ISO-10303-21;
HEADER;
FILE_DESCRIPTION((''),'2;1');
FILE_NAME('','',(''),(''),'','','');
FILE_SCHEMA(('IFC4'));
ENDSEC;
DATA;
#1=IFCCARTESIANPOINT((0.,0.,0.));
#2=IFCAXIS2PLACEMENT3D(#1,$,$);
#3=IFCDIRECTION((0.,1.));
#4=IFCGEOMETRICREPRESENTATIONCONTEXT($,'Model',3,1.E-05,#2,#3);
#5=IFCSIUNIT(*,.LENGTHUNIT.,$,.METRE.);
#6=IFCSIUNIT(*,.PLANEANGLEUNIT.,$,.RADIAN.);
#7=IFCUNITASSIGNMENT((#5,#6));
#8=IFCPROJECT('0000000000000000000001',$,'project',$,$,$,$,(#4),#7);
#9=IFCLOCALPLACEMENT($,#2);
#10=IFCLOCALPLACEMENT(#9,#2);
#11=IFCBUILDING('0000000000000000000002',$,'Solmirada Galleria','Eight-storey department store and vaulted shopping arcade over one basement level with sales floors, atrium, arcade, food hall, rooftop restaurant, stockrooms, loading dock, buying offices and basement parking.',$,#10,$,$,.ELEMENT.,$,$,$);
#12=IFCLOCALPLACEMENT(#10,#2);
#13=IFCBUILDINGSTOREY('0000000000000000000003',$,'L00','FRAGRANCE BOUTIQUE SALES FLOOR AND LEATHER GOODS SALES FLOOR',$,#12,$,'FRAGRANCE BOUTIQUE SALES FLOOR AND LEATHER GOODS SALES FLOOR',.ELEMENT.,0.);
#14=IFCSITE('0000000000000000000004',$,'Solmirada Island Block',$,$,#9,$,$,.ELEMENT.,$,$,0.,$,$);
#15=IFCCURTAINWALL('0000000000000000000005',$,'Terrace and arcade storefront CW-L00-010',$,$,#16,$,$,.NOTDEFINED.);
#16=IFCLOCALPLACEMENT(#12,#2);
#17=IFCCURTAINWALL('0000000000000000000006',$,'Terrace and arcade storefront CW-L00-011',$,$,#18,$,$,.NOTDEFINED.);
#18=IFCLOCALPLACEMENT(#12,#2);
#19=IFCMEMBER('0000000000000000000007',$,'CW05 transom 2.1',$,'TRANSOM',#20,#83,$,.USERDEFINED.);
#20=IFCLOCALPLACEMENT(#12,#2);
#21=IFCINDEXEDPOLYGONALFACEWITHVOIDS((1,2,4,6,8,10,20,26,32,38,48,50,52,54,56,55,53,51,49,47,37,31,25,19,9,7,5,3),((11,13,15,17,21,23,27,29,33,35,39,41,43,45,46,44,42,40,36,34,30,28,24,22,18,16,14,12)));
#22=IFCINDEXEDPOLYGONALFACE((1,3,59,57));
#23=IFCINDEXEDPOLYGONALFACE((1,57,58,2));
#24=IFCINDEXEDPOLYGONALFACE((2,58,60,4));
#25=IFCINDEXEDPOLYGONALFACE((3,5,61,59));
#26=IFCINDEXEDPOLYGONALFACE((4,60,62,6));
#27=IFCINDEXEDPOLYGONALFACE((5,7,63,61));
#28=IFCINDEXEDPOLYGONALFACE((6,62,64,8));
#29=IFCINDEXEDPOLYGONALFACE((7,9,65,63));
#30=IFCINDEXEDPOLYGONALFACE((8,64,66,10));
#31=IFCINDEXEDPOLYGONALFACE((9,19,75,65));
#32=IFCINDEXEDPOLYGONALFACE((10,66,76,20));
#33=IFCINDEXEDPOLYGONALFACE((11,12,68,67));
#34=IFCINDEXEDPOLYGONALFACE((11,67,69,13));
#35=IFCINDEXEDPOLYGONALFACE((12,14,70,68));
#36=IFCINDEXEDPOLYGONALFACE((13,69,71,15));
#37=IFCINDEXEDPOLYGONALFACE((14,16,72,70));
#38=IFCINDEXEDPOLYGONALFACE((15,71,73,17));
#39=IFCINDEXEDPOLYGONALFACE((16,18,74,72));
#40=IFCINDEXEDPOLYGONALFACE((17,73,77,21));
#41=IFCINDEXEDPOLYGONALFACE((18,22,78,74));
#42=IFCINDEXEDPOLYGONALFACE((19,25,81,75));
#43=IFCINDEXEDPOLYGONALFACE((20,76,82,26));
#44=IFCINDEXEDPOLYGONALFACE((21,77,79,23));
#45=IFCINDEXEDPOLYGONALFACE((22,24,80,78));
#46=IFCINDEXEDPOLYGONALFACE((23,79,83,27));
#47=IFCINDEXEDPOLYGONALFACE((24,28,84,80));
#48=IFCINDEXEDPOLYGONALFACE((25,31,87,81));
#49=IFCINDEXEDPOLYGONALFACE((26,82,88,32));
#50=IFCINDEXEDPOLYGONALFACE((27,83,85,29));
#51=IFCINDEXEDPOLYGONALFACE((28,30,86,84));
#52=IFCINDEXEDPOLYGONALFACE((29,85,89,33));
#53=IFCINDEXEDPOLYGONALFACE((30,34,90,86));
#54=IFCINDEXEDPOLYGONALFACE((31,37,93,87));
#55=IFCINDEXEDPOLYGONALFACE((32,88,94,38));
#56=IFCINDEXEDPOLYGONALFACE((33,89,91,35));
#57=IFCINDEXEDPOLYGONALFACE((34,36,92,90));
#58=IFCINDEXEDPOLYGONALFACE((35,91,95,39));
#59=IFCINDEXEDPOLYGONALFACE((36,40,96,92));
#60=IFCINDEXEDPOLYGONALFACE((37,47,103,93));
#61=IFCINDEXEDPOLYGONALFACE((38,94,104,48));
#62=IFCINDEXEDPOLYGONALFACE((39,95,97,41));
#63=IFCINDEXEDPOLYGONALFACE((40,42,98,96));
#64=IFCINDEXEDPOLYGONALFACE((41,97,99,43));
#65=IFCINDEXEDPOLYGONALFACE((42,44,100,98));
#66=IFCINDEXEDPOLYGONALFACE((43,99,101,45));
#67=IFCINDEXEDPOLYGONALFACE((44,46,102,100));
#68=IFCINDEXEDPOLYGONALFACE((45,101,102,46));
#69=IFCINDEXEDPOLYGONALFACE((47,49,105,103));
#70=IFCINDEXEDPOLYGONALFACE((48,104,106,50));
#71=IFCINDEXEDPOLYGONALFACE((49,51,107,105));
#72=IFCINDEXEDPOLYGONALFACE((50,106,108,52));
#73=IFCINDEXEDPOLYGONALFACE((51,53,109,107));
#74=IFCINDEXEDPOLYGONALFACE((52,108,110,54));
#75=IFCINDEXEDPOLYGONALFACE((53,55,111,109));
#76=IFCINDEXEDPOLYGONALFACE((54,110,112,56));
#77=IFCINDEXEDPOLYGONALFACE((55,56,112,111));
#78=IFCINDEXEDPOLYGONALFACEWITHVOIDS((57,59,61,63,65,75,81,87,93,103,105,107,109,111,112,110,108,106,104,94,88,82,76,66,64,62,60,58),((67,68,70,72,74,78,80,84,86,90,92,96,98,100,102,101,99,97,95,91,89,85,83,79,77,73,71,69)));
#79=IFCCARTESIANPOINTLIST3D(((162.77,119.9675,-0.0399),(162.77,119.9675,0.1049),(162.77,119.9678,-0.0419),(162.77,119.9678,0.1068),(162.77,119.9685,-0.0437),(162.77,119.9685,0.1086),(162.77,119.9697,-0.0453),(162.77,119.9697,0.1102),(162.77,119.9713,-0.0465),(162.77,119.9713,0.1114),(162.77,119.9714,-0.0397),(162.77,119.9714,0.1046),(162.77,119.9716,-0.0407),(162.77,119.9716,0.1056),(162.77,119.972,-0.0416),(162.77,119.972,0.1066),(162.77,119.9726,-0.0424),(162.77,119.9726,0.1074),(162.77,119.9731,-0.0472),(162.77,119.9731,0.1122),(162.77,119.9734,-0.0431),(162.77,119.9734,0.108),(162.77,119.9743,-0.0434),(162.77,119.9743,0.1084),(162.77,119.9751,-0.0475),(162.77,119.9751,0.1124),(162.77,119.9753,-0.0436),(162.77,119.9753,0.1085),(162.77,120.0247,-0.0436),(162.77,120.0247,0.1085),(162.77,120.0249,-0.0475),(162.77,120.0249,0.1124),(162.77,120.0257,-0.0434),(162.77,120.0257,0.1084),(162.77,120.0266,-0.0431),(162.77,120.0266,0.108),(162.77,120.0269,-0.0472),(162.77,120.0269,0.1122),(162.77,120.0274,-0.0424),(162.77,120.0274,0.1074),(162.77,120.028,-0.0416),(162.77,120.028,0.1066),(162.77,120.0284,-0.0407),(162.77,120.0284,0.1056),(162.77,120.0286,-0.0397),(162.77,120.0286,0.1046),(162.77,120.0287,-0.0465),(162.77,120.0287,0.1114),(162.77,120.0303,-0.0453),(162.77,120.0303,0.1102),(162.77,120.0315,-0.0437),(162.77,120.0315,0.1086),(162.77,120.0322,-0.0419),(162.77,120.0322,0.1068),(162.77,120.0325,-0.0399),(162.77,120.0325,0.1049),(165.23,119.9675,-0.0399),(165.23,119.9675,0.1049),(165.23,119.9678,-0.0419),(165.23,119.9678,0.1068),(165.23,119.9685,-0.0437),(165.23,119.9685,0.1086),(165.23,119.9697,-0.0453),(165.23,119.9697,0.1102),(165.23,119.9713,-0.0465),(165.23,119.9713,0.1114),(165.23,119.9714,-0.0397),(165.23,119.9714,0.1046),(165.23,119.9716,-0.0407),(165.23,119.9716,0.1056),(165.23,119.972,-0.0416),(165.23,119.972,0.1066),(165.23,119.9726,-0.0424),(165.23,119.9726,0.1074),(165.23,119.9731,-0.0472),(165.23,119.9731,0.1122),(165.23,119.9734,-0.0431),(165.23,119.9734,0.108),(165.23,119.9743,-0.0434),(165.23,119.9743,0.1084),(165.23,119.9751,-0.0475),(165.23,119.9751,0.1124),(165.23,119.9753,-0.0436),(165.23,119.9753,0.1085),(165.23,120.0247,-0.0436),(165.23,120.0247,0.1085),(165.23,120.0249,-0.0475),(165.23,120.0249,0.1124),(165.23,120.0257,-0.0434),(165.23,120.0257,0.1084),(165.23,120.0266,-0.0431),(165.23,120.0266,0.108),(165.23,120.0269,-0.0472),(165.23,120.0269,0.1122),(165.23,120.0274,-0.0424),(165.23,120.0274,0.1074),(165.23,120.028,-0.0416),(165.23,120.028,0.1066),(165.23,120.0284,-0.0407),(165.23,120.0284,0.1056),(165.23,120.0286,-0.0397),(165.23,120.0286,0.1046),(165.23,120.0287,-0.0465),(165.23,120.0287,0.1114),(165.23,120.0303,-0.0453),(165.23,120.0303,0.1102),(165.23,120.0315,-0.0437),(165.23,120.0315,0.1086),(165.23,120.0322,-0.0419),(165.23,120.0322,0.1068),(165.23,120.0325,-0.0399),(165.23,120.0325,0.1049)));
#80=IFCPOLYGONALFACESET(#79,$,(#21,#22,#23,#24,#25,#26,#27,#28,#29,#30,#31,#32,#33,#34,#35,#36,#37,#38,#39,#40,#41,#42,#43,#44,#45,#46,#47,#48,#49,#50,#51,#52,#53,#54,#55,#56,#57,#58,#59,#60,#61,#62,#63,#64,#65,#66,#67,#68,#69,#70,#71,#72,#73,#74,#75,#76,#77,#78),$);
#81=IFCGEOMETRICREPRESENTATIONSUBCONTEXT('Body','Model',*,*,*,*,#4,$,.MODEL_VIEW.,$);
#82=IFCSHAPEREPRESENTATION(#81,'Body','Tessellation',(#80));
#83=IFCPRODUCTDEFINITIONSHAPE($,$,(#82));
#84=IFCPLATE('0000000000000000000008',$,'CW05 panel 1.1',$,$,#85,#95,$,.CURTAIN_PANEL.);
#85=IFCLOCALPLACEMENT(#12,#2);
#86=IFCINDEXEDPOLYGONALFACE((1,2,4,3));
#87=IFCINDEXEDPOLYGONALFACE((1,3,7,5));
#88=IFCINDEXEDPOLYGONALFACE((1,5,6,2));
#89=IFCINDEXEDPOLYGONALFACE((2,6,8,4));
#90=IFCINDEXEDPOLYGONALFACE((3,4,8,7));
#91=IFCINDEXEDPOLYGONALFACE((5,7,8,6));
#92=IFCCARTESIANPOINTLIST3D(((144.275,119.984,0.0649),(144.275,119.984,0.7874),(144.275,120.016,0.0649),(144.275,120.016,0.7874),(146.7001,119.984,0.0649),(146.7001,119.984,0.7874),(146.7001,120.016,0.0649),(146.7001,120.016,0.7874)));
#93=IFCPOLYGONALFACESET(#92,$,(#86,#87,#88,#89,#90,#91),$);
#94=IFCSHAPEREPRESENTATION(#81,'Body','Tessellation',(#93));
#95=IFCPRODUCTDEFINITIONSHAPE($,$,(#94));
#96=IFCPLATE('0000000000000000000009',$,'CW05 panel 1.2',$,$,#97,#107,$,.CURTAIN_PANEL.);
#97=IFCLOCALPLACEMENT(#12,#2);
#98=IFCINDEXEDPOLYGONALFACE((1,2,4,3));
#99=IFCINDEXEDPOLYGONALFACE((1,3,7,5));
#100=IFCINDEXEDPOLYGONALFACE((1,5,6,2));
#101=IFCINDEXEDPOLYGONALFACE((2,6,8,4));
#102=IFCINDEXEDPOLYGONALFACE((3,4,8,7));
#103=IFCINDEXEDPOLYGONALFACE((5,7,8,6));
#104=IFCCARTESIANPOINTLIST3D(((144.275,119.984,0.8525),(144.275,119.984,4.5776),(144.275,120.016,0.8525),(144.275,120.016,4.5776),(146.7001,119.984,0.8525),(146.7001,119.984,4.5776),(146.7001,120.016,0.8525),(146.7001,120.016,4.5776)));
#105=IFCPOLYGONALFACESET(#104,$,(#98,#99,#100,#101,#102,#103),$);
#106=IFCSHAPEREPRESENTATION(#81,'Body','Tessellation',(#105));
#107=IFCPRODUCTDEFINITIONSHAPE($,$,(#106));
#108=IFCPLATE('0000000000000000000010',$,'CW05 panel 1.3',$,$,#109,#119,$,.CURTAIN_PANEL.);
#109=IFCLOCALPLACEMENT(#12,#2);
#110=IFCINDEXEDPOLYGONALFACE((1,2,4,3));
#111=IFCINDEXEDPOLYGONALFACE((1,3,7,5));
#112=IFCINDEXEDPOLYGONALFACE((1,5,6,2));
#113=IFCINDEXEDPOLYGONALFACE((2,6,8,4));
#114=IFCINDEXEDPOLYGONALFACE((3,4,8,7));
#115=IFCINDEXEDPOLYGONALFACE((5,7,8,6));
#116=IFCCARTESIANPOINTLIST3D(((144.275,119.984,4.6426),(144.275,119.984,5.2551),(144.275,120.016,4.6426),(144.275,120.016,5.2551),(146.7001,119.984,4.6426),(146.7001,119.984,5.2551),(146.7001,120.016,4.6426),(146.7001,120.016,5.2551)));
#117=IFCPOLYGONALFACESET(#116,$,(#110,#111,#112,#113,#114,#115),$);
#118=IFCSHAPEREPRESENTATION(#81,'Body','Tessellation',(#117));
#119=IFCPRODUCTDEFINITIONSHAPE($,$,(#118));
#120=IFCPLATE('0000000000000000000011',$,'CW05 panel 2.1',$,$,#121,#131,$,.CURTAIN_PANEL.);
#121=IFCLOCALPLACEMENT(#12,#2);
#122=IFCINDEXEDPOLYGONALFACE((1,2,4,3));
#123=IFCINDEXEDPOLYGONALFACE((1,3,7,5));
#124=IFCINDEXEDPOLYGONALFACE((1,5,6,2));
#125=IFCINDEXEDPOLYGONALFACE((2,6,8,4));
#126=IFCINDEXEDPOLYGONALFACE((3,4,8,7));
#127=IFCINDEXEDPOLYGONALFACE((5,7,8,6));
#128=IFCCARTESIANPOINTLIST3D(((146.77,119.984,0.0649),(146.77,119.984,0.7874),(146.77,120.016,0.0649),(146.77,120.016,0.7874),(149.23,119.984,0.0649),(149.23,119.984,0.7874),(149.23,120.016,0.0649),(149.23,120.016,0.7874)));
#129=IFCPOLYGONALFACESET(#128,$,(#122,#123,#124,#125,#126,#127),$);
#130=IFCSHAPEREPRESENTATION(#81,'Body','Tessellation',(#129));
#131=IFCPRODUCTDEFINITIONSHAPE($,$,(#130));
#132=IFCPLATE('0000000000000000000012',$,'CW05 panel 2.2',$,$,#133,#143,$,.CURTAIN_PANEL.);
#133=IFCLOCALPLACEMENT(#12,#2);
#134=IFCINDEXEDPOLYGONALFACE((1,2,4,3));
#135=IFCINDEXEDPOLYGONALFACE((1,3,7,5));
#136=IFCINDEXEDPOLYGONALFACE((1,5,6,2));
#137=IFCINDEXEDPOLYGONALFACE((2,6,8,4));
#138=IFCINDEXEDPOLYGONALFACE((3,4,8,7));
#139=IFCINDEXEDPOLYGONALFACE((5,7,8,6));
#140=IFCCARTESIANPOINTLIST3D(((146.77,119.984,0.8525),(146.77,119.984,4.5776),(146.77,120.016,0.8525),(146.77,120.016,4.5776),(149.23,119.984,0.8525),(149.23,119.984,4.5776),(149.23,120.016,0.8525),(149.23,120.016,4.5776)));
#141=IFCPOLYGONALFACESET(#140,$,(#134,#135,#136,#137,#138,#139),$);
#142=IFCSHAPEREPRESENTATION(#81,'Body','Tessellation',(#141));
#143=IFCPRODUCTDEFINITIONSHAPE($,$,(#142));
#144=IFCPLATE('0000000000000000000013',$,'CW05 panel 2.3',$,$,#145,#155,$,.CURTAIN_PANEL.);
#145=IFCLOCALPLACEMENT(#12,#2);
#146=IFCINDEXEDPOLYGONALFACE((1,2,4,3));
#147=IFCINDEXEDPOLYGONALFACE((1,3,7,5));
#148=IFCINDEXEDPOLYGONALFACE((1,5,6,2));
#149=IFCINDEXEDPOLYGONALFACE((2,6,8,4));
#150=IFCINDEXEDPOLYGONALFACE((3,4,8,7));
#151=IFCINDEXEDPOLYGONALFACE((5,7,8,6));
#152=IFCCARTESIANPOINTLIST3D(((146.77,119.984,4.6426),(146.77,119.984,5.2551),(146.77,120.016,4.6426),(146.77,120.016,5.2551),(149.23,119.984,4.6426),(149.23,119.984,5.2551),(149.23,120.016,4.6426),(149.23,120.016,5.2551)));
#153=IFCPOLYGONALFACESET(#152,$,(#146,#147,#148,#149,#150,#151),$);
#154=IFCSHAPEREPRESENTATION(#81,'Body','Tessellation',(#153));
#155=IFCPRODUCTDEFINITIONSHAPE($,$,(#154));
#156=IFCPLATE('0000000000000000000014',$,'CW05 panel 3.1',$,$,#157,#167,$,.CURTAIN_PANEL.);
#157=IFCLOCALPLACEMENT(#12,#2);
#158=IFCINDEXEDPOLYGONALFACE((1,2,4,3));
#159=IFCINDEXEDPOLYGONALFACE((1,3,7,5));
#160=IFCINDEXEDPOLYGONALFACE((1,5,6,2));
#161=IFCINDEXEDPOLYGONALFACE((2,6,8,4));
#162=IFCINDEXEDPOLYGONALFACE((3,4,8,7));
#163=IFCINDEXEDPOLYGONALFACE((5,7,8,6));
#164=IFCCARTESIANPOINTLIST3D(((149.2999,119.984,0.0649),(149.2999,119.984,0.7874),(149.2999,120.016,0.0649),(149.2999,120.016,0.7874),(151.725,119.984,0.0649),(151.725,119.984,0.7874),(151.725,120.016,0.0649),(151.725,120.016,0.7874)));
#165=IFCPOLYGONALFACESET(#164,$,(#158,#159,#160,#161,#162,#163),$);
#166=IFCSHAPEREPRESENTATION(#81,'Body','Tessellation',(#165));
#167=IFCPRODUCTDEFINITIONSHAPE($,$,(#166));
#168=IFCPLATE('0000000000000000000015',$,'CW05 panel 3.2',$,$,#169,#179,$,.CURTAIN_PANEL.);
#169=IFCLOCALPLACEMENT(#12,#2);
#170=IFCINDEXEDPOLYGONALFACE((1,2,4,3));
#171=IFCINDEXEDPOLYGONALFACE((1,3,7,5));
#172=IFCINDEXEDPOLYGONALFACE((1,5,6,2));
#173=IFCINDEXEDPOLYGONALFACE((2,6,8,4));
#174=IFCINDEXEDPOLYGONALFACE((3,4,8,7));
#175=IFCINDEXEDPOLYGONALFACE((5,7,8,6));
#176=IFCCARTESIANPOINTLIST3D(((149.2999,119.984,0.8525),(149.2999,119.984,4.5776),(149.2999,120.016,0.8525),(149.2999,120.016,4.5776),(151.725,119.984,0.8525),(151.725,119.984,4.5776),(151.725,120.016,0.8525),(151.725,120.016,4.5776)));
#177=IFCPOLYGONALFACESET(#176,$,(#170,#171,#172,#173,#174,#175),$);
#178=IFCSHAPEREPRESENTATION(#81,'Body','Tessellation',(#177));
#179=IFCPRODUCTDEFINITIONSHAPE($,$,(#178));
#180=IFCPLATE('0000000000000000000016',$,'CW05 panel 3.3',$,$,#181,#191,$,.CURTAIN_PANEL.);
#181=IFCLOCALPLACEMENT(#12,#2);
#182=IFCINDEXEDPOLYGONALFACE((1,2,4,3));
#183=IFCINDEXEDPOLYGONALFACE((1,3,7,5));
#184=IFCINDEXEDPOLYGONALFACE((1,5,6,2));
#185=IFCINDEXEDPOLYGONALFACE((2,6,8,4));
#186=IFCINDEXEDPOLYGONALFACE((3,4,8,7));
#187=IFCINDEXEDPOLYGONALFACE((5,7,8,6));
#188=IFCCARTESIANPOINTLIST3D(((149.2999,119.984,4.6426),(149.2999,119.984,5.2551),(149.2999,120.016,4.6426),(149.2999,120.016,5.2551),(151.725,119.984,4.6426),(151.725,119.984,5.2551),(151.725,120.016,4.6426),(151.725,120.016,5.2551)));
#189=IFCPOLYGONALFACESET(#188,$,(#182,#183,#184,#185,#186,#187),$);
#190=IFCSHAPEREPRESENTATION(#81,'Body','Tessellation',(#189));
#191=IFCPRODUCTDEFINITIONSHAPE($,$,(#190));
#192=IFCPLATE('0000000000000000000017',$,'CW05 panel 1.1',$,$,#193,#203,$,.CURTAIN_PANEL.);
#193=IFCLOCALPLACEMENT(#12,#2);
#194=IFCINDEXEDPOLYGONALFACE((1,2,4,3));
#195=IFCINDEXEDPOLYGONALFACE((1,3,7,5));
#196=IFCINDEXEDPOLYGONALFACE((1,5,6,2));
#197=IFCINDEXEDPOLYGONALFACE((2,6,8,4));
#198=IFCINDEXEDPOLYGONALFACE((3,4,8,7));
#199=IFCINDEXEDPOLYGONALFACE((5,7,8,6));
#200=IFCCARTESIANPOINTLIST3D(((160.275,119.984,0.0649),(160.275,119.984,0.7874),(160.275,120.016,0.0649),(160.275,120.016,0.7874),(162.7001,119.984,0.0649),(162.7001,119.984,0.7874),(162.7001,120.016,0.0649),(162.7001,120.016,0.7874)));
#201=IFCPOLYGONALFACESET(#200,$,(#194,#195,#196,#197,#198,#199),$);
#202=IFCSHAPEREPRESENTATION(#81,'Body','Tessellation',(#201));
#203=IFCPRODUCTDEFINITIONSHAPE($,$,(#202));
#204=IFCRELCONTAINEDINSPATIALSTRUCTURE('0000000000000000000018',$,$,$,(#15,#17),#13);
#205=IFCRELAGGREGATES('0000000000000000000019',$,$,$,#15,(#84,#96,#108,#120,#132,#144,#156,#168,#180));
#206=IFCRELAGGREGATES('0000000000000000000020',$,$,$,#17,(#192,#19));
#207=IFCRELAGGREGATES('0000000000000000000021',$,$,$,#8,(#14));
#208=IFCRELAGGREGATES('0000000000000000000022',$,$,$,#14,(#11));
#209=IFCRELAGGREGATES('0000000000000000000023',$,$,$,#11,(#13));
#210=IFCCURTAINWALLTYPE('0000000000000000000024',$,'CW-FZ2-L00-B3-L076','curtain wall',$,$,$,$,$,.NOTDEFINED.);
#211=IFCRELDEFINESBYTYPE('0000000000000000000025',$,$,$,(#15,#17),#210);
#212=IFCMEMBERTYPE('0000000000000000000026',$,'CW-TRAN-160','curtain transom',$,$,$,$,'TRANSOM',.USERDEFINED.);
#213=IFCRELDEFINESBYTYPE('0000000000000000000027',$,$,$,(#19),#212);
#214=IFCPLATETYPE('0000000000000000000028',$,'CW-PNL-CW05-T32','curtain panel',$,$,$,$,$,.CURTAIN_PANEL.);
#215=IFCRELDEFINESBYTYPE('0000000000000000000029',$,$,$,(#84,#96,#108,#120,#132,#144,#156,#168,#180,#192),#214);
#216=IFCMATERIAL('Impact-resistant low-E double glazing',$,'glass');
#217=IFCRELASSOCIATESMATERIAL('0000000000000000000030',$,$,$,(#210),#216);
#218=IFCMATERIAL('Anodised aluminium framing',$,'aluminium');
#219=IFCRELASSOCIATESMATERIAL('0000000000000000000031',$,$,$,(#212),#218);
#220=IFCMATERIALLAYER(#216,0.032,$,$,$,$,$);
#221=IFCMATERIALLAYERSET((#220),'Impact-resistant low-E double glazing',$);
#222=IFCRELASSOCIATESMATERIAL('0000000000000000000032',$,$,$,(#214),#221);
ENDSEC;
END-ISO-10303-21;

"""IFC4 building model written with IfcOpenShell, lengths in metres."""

from ifc_helpers import new_model, si_unit, direction, frame, origin, origin_2d, place, context, subcontext, project, spatial, rectangle, hollow_rectangle, extrude, material, layer, layer_set, material_profile, profile_set, type_object, element, aggregate, save


model = new_model("IFC4")

# Units and contexts
model_context = context("Model", 3, precision=1e-05, world=origin(), true_north=direction((0.0, 1.0)))
body_context = subcontext(model_context, "Body", "Model", "MODEL_VIEW")
ifc_project = project(units=[si_unit("LENGTHUNIT", "METRE"), si_unit("PLANEANGLEUNIT", "RADIAN")], contexts=[model_context])

# Site, building, storey
site_placement = place(None, origin())
site = spatial("IfcSite", under=ifc_project, at=site_placement, Name="Solmirada Island Block", CompositionType="ELEMENT", RefElevation=0.0)
building_placement = place(site_placement, origin())
building = spatial("IfcBuilding", under=site, at=building_placement, Name="Solmirada Galleria", Description="Eight-storey department store and vaulted shopping arcade over one basement level with sales floors, atrium, arcade, food hall, rooftop restaurant, stockrooms, loading dock, buying offices and basement parking.", CompositionType="ELEMENT")
storey_placement = place(building_placement, origin())
storey = spatial("IfcBuildingStorey", under=building, at=storey_placement, Name="L00", Description="FRAGRANCE BOUTIQUE SALES FLOOR AND LEATHER GOODS SALES FLOOR", LongName="FRAGRANCE BOUTIQUE SALES FLOOR AND LEATHER GOODS SALES FLOOR", CompositionType="ELEMENT", Elevation=0.0)

# Curtain walls
ifc_material_1 = material(Name="Impact-resistant low-E double glazing", Category="glass")
curtain_wall_type = type_object("IfcCurtainWallType", Name="CW-FZ2-L00-B3-L076", Description="curtain wall", PredefinedType="NOTDEFINED", material=ifc_material_1)
curtain_wall_1_placement = place(storey_placement, origin())
curtain_wall_1 = element("IfcCurtainWall", 1, at=curtain_wall_1_placement, inside=storey, type_object=curtain_wall_type, Name="Terrace and arcade storefront CW-L00-010", PredefinedType="NOTDEFINED")
ifc_material_2 = material(Name="Anodised aluminium framing", Category="aluminium")
curtain_wall_2_placement = place(storey_placement, origin())
curtain_wall_2 = element("IfcCurtainWall", 2, at=curtain_wall_2_placement, inside=storey, type_object=curtain_wall_type, Name="Terrace and arcade storefront CW-L00-011", PredefinedType="NOTDEFINED")

# Member
ifc_material_profile_1 = material_profile(ifc_material_2, hollow_rectangle(XDim=0.0649, YDim=0.1599, WallThickness=0.0039, InnerFilletRadius=0.0039, OuterFilletRadius=0.0076, at=origin_2d()), Name="ALU-TRAN-160X65")
ifc_profile_set_1 = profile_set([ifc_material_profile_1], Name="Anodised aluminium framing")
member_type_1 = type_object("IfcMemberType", Name="CW-TRAN-160", Description="curtain transom", ElementType="TRANSOM", PredefinedType="USERDEFINED", material=ifc_profile_set_1)
member_1_placement = place(storey_placement, frame((162.77, 120.0, 0.0325), z_axis=(1.0, 0.0, 0.0), x_axis=(0.0, 1.0, 0.0)))
member_1 = element("IfcMember", 3, at=member_1_placement, type_object=member_type_1, Name="CW05 transom 2.1", ObjectType="TRANSOM", PredefinedType="USERDEFINED", context=body_context, shape_type="SweptSolid", body=[
    extrude(hollow_rectangle(XDim=0.0649, YDim=0.1599, WallThickness=0.0039, InnerFilletRadius=0.0039, OuterFilletRadius=0.0076, at=origin_2d()), origin(), (0.0, 0.0, 1.0), 2.46),
])

# Plates
ifc_layer_1 = layer(ifc_material_1, 0.032)
ifc_layer_set_1 = layer_set([ifc_layer_1], Name="Impact-resistant low-E double glazing")
plate_type = type_object("IfcPlateType", Name="CW-PNL-CW05-T32", Description="curtain panel", PredefinedType="CURTAIN_PANEL", material=ifc_layer_set_1)
plate_1_placement = place(storey_placement, frame((145.4875, 120.0, 0.0649), z_axis=(0.0, 0.0, 1.0), x_axis=(1.0, 0.0, 0.0)))
plate_1 = element("IfcPlate", 4, at=plate_1_placement, type_object=plate_type, Name="CW05 panel 1.1", PredefinedType="CURTAIN_PANEL", context=body_context, shape_type="SweptSolid", body=[
    extrude(rectangle(XDim=2.425, YDim=0.032, at=origin_2d()), origin(), (0.0, 0.0, 1.0), 0.7224),
])
plate_2_placement = place(storey_placement, frame((145.4875, 120.0, 0.8525), z_axis=(0.0, 0.0, 1.0), x_axis=(1.0, 0.0, 0.0)))
plate_2 = element("IfcPlate", 5, at=plate_2_placement, type_object=plate_type, Name="CW05 panel 1.2", PredefinedType="CURTAIN_PANEL", context=body_context, shape_type="SweptSolid", body=[
    extrude(rectangle(XDim=2.425, YDim=0.032, at=origin_2d()), origin(), (0.0, 0.0, 1.0), 3.7251),
])
plate_3_placement = place(storey_placement, frame((145.4875, 120.0, 4.6426), z_axis=(0.0, 0.0, 1.0), x_axis=(1.0, 0.0, 0.0)))
plate_3 = element("IfcPlate", 6, at=plate_3_placement, type_object=plate_type, Name="CW05 panel 1.3", PredefinedType="CURTAIN_PANEL", context=body_context, shape_type="SweptSolid", body=[
    extrude(rectangle(XDim=2.425, YDim=0.032, at=origin_2d()), origin(), (0.0, 0.0, 1.0), 0.6125),
])
plate_4_placement = place(storey_placement, frame((148.0, 120.0, 0.0649), z_axis=(0.0, 0.0, 1.0), x_axis=(1.0, 0.0, 0.0)))
plate_4 = element("IfcPlate", 7, at=plate_4_placement, type_object=plate_type, Name="CW05 panel 2.1", PredefinedType="CURTAIN_PANEL", context=body_context, shape_type="SweptSolid", body=[
    extrude(rectangle(XDim=2.46, YDim=0.032, at=origin_2d()), origin(), (0.0, 0.0, 1.0), 0.7224),
])
plate_5_placement = place(storey_placement, frame((148.0, 120.0, 0.8525), z_axis=(0.0, 0.0, 1.0), x_axis=(1.0, 0.0, 0.0)))
plate_5 = element("IfcPlate", 8, at=plate_5_placement, type_object=plate_type, Name="CW05 panel 2.2", PredefinedType="CURTAIN_PANEL", context=body_context, shape_type="SweptSolid", body=[
    extrude(rectangle(XDim=2.46, YDim=0.032, at=origin_2d()), origin(), (0.0, 0.0, 1.0), 3.7251),
])
plate_6_placement = place(storey_placement, frame((148.0, 120.0, 4.6426), z_axis=(0.0, 0.0, 1.0), x_axis=(1.0, 0.0, 0.0)))
plate_6 = element("IfcPlate", 9, at=plate_6_placement, type_object=plate_type, Name="CW05 panel 2.3", PredefinedType="CURTAIN_PANEL", context=body_context, shape_type="SweptSolid", body=[
    extrude(rectangle(XDim=2.46, YDim=0.032, at=origin_2d()), origin(), (0.0, 0.0, 1.0), 0.6125),
])
plate_7_placement = place(storey_placement, frame((150.5125, 120.0, 0.0649), z_axis=(0.0, 0.0, 1.0), x_axis=(1.0, 0.0, 0.0)))
plate_7 = element("IfcPlate", 10, at=plate_7_placement, type_object=plate_type, Name="CW05 panel 3.1", PredefinedType="CURTAIN_PANEL", context=body_context, shape_type="SweptSolid", body=[
    extrude(rectangle(XDim=2.425, YDim=0.032, at=origin_2d()), origin(), (0.0, 0.0, 1.0), 0.7224),
])
plate_8_placement = place(storey_placement, frame((150.5125, 120.0, 0.8525), z_axis=(0.0, 0.0, 1.0), x_axis=(1.0, 0.0, 0.0)))
plate_8 = element("IfcPlate", 11, at=plate_8_placement, type_object=plate_type, Name="CW05 panel 3.2", PredefinedType="CURTAIN_PANEL", context=body_context, shape_type="SweptSolid", body=[
    extrude(rectangle(XDim=2.425, YDim=0.032, at=origin_2d()), origin(), (0.0, 0.0, 1.0), 3.7251),
])
plate_9_placement = place(storey_placement, frame((150.5125, 120.0, 4.6426), z_axis=(0.0, 0.0, 1.0), x_axis=(1.0, 0.0, 0.0)))
plate_9 = element("IfcPlate", 12, at=plate_9_placement, type_object=plate_type, Name="CW05 panel 3.3", PredefinedType="CURTAIN_PANEL", context=body_context, shape_type="SweptSolid", body=[
    extrude(rectangle(XDim=2.425, YDim=0.032, at=origin_2d()), origin(), (0.0, 0.0, 1.0), 0.6125),
])
aggregate(curtain_wall_1, [plate_1, plate_2, plate_3, plate_4, plate_5, plate_6, plate_7, plate_8, plate_9])
plate_10_placement = place(storey_placement, frame((161.4875, 120.0, 0.0649), z_axis=(0.0, 0.0, 1.0), x_axis=(1.0, 0.0, 0.0)))
plate_10 = element("IfcPlate", 13, at=plate_10_placement, type_object=plate_type, Name="CW05 panel 1.1", PredefinedType="CURTAIN_PANEL", context=body_context, shape_type="SweptSolid", body=[
    extrude(rectangle(XDim=2.425, YDim=0.032, at=origin_2d()), origin(), (0.0, 0.0, 1.0), 0.7224),
])
aggregate(curtain_wall_2, [plate_10, member_1])

save(model, "model.ifc")
